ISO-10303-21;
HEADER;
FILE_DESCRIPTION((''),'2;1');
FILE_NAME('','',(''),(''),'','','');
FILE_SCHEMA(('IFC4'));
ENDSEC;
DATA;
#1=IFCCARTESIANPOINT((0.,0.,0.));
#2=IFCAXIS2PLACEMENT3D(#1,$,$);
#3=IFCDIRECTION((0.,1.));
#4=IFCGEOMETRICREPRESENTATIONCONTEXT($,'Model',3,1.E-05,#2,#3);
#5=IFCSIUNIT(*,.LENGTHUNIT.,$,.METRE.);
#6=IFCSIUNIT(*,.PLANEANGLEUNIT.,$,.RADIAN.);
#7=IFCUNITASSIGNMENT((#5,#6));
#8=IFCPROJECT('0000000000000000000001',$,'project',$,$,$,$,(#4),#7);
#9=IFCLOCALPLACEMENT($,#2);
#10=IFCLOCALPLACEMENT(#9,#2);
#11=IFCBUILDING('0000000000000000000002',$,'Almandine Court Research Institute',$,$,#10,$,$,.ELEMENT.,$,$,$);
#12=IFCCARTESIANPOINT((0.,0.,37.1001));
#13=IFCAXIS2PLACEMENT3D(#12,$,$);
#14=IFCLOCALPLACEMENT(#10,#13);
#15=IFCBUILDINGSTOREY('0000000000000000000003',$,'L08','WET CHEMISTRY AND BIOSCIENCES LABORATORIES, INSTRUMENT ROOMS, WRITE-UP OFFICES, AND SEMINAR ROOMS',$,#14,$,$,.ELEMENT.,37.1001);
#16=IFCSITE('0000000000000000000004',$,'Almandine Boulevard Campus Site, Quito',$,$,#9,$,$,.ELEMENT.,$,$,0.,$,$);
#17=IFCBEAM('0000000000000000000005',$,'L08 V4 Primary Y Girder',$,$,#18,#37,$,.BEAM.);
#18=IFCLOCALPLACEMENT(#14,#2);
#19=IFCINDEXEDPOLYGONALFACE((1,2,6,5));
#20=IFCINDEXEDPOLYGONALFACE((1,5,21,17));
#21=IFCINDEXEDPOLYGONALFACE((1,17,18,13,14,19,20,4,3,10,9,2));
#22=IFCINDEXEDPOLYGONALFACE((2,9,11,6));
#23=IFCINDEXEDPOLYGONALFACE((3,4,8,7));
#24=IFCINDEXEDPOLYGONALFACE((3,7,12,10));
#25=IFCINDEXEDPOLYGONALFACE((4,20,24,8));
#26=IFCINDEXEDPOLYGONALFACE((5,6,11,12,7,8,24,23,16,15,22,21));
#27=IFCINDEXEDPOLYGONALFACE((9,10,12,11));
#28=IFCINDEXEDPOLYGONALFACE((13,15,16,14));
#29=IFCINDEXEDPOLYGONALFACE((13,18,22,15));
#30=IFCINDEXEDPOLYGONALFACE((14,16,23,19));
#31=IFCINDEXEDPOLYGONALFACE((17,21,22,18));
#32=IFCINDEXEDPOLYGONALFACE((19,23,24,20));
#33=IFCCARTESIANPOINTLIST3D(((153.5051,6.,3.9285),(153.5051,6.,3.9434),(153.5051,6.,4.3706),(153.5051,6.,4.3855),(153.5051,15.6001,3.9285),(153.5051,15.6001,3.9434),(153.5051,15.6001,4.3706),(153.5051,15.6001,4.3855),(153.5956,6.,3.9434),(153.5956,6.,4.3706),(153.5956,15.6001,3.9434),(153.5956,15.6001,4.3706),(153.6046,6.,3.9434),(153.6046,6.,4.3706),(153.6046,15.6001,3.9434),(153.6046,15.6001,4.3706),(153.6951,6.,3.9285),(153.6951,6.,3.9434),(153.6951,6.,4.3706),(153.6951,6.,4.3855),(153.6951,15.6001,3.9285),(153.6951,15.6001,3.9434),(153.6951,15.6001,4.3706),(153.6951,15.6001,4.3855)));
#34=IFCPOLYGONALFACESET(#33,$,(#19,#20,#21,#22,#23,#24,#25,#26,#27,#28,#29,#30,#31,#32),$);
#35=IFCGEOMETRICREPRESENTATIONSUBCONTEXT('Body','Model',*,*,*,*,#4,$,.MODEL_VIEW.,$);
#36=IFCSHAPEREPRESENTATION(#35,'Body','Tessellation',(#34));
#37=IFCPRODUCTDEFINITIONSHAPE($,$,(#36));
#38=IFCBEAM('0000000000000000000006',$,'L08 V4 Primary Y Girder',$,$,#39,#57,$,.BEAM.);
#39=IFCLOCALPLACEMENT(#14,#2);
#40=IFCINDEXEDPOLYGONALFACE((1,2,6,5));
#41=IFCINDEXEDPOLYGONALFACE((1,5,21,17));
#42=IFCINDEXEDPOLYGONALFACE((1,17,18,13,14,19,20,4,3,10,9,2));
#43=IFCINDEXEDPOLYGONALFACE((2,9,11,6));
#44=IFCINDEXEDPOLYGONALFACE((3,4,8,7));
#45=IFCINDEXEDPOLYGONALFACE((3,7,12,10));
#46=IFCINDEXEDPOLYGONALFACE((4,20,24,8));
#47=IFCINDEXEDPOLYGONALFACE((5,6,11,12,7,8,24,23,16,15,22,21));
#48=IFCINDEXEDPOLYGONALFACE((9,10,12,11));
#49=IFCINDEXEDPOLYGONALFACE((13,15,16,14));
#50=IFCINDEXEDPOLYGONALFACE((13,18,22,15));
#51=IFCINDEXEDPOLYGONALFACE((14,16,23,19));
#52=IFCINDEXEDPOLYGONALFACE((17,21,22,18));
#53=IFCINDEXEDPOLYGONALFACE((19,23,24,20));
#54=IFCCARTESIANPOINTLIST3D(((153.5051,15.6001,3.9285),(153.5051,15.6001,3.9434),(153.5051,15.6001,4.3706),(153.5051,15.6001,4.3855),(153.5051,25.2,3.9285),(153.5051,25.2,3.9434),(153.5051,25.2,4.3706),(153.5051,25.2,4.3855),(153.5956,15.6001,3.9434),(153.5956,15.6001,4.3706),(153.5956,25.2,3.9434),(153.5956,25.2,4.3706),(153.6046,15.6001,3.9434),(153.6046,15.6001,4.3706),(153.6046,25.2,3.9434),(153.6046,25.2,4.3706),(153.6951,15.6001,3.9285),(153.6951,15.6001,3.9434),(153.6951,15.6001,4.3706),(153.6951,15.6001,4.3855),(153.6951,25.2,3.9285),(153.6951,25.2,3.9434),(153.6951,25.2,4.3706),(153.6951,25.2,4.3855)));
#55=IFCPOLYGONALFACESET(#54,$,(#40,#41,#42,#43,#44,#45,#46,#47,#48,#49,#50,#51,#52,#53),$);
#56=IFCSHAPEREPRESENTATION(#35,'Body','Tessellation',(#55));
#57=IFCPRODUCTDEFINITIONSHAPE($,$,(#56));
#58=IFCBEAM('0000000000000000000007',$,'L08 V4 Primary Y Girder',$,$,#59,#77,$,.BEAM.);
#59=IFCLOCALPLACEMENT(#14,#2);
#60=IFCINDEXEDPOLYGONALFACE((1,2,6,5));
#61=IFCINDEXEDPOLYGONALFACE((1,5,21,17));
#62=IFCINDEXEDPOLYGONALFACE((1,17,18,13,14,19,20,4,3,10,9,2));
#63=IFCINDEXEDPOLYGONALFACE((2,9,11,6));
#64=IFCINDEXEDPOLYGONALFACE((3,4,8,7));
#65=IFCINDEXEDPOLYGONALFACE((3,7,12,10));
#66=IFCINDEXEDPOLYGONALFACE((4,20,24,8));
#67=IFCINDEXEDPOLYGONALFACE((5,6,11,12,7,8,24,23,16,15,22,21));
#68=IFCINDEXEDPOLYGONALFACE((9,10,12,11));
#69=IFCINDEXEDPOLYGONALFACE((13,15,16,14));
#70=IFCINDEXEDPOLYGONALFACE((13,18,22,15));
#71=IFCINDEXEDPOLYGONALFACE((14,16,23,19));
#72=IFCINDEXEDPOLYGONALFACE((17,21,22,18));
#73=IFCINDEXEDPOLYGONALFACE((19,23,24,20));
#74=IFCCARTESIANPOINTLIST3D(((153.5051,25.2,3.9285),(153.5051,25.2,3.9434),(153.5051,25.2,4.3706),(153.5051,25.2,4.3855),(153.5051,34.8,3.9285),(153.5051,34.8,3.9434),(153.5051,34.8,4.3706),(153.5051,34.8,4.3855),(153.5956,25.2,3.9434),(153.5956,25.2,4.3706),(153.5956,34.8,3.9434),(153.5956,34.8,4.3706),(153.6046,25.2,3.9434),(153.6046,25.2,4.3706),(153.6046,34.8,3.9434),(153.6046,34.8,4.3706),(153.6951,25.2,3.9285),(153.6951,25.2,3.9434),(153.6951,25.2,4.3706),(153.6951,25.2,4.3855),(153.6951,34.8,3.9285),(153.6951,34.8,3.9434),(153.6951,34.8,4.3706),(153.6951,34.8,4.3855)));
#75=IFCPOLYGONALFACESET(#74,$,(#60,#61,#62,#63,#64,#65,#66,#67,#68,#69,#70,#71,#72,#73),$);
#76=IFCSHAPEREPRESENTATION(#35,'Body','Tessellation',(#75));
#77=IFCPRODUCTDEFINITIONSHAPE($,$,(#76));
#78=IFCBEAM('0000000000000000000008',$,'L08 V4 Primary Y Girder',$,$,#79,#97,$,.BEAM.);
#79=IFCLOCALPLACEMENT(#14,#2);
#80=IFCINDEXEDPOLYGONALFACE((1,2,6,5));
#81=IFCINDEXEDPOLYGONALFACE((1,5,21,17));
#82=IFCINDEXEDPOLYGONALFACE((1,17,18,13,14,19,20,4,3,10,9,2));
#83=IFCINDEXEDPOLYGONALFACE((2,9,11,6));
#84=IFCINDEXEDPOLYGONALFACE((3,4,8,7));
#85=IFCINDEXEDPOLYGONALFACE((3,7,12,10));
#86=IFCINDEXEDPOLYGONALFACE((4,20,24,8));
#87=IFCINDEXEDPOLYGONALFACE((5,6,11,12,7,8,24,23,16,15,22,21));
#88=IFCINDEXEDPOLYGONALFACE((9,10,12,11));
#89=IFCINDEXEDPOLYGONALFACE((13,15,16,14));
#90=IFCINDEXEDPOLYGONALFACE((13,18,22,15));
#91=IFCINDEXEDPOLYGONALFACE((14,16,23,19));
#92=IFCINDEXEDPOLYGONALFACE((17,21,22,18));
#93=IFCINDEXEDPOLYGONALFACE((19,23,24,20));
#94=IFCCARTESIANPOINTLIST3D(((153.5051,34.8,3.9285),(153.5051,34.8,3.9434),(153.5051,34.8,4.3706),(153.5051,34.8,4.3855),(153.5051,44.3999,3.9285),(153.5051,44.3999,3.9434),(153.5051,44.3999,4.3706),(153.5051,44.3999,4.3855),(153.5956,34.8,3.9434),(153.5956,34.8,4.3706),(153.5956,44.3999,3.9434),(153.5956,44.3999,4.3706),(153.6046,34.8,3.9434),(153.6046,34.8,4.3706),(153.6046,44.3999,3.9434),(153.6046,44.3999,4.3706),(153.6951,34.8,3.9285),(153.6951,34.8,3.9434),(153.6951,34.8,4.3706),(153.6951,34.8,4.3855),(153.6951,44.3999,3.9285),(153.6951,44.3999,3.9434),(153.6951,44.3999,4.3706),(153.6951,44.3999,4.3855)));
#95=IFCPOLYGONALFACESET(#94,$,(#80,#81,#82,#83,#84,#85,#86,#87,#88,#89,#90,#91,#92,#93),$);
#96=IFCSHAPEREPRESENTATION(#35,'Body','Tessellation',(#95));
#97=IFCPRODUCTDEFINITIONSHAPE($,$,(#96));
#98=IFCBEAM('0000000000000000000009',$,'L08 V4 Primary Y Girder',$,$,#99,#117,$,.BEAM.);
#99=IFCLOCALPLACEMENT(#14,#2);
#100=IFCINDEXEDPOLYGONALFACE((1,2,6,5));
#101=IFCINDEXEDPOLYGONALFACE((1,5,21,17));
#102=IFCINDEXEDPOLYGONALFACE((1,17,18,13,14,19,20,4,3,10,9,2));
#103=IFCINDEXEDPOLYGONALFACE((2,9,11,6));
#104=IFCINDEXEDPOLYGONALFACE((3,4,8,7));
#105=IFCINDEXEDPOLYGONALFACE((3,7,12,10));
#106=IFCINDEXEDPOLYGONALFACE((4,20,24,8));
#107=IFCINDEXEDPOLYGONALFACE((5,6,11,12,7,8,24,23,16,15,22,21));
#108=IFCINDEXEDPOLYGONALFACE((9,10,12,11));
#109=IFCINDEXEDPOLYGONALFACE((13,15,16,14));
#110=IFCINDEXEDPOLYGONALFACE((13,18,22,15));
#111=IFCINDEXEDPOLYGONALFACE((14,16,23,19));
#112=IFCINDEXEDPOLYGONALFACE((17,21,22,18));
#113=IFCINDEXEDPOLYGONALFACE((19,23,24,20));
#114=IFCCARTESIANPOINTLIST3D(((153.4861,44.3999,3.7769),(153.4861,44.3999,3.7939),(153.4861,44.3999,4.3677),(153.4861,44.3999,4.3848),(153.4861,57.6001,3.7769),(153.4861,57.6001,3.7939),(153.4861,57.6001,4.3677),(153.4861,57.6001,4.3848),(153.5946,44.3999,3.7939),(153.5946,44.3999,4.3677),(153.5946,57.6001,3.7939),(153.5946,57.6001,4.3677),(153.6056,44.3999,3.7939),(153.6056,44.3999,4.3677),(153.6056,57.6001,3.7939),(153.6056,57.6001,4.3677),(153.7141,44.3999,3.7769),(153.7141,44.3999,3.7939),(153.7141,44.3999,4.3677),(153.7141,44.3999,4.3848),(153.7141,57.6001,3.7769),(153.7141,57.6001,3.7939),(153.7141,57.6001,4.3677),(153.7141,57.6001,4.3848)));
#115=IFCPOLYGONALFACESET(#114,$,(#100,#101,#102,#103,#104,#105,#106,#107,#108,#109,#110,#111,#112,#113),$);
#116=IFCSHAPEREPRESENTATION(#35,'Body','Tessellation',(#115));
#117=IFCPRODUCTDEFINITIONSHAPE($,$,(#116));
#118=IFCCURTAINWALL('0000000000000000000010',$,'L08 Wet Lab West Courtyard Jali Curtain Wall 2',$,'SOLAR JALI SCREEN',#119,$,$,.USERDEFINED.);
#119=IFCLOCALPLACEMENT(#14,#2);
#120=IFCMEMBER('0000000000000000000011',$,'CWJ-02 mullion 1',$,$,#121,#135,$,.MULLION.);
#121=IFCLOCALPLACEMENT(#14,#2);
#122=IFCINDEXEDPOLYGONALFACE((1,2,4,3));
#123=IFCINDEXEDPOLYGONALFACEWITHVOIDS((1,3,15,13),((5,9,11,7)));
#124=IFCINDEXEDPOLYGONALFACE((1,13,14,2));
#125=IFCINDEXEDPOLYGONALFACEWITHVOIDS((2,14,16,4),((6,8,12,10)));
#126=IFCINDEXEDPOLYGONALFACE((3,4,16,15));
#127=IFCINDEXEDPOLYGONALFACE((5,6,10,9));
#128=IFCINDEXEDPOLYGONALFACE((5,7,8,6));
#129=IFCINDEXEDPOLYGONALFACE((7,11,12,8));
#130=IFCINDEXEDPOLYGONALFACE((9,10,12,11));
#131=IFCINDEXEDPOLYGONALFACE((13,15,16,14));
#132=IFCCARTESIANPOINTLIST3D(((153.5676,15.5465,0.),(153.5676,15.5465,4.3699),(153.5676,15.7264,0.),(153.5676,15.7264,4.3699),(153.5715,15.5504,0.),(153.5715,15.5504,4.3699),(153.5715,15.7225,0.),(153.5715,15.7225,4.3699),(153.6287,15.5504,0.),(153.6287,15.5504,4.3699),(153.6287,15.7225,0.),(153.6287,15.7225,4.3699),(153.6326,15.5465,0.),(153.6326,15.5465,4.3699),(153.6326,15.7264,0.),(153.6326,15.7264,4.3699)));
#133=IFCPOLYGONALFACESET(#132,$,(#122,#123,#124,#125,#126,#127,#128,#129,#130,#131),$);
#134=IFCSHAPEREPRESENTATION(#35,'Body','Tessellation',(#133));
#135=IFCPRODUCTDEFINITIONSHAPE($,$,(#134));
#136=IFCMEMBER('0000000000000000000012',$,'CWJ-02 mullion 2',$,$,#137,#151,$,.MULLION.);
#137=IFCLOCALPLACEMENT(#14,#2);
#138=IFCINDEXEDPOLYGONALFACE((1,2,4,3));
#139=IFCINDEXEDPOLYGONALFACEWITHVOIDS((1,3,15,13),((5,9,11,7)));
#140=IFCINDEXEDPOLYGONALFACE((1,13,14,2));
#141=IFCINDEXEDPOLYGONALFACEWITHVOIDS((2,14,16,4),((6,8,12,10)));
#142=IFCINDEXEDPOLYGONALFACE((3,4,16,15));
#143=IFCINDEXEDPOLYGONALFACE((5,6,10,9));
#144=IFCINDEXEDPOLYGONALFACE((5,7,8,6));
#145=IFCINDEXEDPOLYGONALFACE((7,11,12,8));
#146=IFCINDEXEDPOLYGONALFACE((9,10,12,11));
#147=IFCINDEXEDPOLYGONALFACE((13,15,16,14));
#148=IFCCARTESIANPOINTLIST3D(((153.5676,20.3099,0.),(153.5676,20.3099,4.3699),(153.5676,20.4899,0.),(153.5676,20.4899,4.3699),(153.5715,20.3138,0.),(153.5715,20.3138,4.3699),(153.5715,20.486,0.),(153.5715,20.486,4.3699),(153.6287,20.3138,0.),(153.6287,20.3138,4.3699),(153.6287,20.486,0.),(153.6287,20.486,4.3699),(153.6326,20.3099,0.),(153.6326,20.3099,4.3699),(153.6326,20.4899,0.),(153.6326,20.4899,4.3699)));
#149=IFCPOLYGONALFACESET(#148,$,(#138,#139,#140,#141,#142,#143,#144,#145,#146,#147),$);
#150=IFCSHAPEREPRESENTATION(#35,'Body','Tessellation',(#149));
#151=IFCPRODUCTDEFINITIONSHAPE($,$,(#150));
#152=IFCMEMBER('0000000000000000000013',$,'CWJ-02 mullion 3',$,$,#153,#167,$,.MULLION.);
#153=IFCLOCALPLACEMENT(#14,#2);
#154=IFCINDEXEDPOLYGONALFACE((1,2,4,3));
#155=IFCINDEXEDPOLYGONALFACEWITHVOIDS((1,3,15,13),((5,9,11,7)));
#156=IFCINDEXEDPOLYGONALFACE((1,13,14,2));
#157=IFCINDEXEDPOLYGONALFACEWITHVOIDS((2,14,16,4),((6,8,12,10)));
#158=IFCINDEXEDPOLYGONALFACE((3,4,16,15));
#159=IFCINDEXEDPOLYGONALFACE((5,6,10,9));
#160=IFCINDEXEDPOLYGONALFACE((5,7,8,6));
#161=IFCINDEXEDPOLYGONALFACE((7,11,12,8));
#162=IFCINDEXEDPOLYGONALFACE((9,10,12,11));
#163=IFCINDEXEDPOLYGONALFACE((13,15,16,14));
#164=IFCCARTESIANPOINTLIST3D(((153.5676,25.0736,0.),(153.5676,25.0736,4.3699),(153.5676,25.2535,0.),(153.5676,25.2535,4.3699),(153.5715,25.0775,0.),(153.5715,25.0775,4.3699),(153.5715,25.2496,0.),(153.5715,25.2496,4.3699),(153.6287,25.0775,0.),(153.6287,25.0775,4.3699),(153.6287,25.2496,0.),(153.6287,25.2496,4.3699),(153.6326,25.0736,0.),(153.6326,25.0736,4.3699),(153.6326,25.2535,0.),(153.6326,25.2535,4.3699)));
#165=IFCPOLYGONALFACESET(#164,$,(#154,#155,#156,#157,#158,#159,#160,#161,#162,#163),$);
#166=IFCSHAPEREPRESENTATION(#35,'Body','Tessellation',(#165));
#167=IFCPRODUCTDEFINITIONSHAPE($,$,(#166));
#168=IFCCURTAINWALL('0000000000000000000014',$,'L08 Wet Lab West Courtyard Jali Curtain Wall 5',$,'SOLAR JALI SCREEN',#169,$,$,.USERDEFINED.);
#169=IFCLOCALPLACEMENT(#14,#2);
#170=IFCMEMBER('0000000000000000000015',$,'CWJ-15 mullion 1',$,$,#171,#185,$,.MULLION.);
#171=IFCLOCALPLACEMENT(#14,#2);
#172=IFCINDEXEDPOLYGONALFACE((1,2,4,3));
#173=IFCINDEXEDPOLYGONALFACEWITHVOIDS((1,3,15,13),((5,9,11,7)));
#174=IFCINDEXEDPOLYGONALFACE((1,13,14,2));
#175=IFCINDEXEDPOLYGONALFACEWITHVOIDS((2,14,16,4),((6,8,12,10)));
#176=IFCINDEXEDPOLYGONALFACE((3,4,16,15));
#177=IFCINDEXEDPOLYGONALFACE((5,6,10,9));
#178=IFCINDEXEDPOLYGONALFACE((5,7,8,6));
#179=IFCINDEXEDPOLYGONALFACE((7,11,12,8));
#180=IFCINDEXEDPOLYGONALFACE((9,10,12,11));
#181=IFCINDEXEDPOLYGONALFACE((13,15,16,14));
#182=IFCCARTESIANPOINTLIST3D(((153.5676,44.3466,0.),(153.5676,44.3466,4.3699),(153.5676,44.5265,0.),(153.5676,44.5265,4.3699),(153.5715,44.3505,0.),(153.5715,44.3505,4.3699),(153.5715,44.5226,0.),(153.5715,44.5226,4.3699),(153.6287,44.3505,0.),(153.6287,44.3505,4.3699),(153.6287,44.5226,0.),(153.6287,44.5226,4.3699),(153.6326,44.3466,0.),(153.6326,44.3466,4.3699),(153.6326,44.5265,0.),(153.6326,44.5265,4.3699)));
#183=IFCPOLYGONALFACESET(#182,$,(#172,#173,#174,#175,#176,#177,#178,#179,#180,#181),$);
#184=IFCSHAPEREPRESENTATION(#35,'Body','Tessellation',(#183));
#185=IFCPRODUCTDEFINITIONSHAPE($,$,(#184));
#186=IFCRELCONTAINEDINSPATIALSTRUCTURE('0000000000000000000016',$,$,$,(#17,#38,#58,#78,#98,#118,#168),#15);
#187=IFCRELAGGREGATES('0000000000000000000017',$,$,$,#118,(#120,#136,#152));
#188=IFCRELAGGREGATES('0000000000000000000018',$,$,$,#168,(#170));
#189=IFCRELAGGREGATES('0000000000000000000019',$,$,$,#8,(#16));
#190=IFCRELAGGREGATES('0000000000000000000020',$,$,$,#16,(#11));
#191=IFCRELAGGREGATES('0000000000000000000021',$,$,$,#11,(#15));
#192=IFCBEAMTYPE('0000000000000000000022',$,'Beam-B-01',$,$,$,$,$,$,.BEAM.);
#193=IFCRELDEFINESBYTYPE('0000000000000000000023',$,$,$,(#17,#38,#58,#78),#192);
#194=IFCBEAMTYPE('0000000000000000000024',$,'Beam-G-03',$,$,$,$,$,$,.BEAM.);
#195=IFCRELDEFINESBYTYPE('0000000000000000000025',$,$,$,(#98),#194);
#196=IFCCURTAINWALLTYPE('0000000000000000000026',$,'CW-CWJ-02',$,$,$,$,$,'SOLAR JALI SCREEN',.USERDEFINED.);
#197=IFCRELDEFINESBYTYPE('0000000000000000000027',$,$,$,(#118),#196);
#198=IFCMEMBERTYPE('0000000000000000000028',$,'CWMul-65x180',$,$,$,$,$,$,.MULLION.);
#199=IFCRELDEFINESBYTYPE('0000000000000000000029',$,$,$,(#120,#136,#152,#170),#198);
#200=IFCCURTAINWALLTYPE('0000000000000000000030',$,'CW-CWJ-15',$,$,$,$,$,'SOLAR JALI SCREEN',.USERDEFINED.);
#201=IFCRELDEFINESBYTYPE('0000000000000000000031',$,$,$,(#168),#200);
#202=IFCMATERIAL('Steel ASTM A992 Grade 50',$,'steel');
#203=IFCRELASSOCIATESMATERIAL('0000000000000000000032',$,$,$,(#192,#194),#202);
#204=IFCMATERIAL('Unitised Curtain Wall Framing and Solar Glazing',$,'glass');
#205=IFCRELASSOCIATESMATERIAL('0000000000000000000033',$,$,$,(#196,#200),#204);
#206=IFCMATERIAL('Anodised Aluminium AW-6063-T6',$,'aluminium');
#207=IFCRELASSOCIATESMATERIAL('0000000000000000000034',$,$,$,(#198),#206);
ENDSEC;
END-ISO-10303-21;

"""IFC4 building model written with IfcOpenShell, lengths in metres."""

from ifc_helpers import new_model, si_unit, direction, frame, origin, origin_2d, place, context, subcontext, project, spatial, hollow_rectangle, i_section, extrude, material, material_profile, profile_set, type_object, element, aggregate, save


model = new_model("IFC4")

# Units and contexts
model_context = context("Model", 3, precision=1e-05, world=origin(), true_north=direction((0.0, 1.0)))
body_context = subcontext(model_context, "Body", "Model", "MODEL_VIEW")
ifc_project = project(units=[si_unit("LENGTHUNIT", "METRE"), si_unit("PLANEANGLEUNIT", "RADIAN")], contexts=[model_context])

# Site, building, storey
site_placement = place(None, origin())
site = spatial("IfcSite", under=ifc_project, at=site_placement, Name="Almandine Boulevard Campus Site, Quito", CompositionType="ELEMENT", RefElevation=0.0)
building_placement = place(site_placement, origin())
building = spatial("IfcBuilding", under=site, at=building_placement, Name="Almandine Court Research Institute", CompositionType="ELEMENT")
storey_placement = place(building_placement, frame((0.0, 0.0, 37.1001)))
storey = spatial("IfcBuildingStorey", under=building, at=storey_placement, Name="L08", Description="WET CHEMISTRY AND BIOSCIENCES LABORATORIES, INSTRUMENT ROOMS, WRITE-UP OFFICES, AND SEMINAR ROOMS", CompositionType="ELEMENT", Elevation=37.1001)

# Beams
ifc_material_1 = material(Name="Steel ASTM A992 Grade 50", Category="steel")
ifc_material_profile_1 = material_profile(ifc_material_1, i_section(OverallWidth=0.1899, OverallDepth=0.457, WebThickness=0.009, FlangeThickness=0.0149, at=origin_2d()), Name="W460x74")
ifc_profile_set_1 = profile_set([ifc_material_profile_1], Name="Steel ASTM A992 Grade 50")
beam_type_1 = type_object("IfcBeamType", Name="Beam-B-01", PredefinedType="BEAM", material=ifc_profile_set_1)
beam_1_placement = place(storey_placement, frame((153.6001, 6.0, 4.157), z_axis=(0.0, 1.0, 0.0), x_axis=(-1.0, 0.0, 0.0)))
element("IfcBeam", 1, at=beam_1_placement, inside=storey, type_object=beam_type_1, Name="L08 V4 Primary Y Girder", PredefinedType="BEAM", context=body_context, shape_type="SweptSolid", body=[
    extrude(i_section(OverallWidth=0.1899, OverallDepth=0.457, WebThickness=0.009, FlangeThickness=0.0149, at=origin_2d()), origin(), (0.0, 0.0, 1.0), 9.6001),
])
beam_2_placement = place(storey_placement, frame((153.6001, 15.6001, 4.157), z_axis=(0.0, 1.0, 0.0), x_axis=(-1.0, 0.0, 0.0)))
element("IfcBeam", 2, at=beam_2_placement, inside=storey, type_object=beam_type_1, Name="L08 V4 Primary Y Girder", PredefinedType="BEAM", context=body_context, shape_type="SweptSolid", body=[
    extrude(i_section(OverallWidth=0.1899, OverallDepth=0.457, WebThickness=0.009, FlangeThickness=0.0149, at=origin_2d()), origin(), (0.0, 0.0, 1.0), 9.5999),
])
beam_3_placement = place(storey_placement, frame((153.6001, 25.2, 4.157), z_axis=(0.0, 1.0, 0.0), x_axis=(-1.0, 0.0, 0.0)))
element("IfcBeam", 3, at=beam_3_placement, inside=storey, type_object=beam_type_1, Name="L08 V4 Primary Y Girder", PredefinedType="BEAM", context=body_context, shape_type="SweptSolid", body=[
    extrude(i_section(OverallWidth=0.1899, OverallDepth=0.457, WebThickness=0.009, FlangeThickness=0.0149, at=origin_2d()), origin(), (0.0, 0.0, 1.0), 9.6001),
])
beam_4_placement = place(storey_placement, frame((153.6001, 34.8, 4.157), z_axis=(0.0, 1.0, 0.0), x_axis=(-1.0, 0.0, 0.0)))
element("IfcBeam", 4, at=beam_4_placement, inside=storey, type_object=beam_type_1, Name="L08 V4 Primary Y Girder", PredefinedType="BEAM", context=body_context, shape_type="SweptSolid", body=[
    extrude(i_section(OverallWidth=0.1899, OverallDepth=0.457, WebThickness=0.009, FlangeThickness=0.0149, at=origin_2d()), origin(), (0.0, 0.0, 1.0), 9.5999),
])
ifc_material_profile_2 = material_profile(ifc_material_1, i_section(OverallWidth=0.228, OverallDepth=0.6079, WebThickness=0.011, FlangeThickness=0.0171, at=origin_2d()), Name="W610x113")
ifc_profile_set_2 = profile_set([ifc_material_profile_2], Name="Steel ASTM A992 Grade 50")
beam_type_2 = type_object("IfcBeamType", Name="Beam-G-03", PredefinedType="BEAM", material=ifc_profile_set_2)
beam_5_placement = place(storey_placement, frame((153.6001, 44.3999, 4.0808), z_axis=(0.0, 1.0, 0.0), x_axis=(-1.0, 0.0, 0.0)))
element("IfcBeam", 5, at=beam_5_placement, inside=storey, type_object=beam_type_2, Name="L08 V4 Primary Y Girder", PredefinedType="BEAM", context=body_context, shape_type="SweptSolid", body=[
    extrude(i_section(OverallWidth=0.228, OverallDepth=0.6079, WebThickness=0.011, FlangeThickness=0.0171, at=origin_2d()), origin(), (0.0, 0.0, 1.0), 13.2002),
])

# Curtain walls, members
ifc_material_2 = material(Name="Unitised Curtain Wall Framing and Solar Glazing", Category="glass")
curtain_wall_type_1 = type_object("IfcCurtainWallType", Name="CW-CWJ-02", ElementType="SOLAR JALI SCREEN", PredefinedType="USERDEFINED", material=ifc_material_2)
curtain_wall_1_placement = place(storey_placement, origin())
curtain_wall_1 = element("IfcCurtainWall", 6, at=curtain_wall_1_placement, inside=storey, type_object=curtain_wall_type_1, Name="L08 Wet Lab West Courtyard Jali Curtain Wall 2", ObjectType="SOLAR JALI SCREEN", PredefinedType="USERDEFINED")
ifc_material_3 = material(Name="Anodised Aluminium AW-6063-T6", Category="aluminium")
ifc_material_profile_3 = material_profile(ifc_material_3, hollow_rectangle(XDim=0.0649, YDim=0.1799, WallThickness=0.0039, at=origin_2d()), Name="ALU RHS 65x180x4")
ifc_profile_set_3 = profile_set([ifc_material_profile_3], Name="Anodised Aluminium AW-6063-T6")
member_type_1 = type_object("IfcMemberType", Name="CWMul-65x180", PredefinedType="MULLION", material=ifc_profile_set_3)
member_1_placement = place(storey_placement, frame((153.6001, 15.6365, 0.0), z_axis=(0.0, 0.0, 1.0), x_axis=(-1.0, 0.0, 0.0)))
member_1 = element("IfcMember", 7, at=member_1_placement, type_object=member_type_1, Name="CWJ-02 mullion 1", PredefinedType="MULLION", context=body_context, shape_type="SweptSolid", body=[
    extrude(hollow_rectangle(XDim=0.0649, YDim=0.1799, WallThickness=0.0039, at=origin_2d()), origin(), (0.0, 0.0, 1.0), 4.3699),
])
member_2_placement = place(storey_placement, frame((153.6001, 20.3999, 0.0), z_axis=(0.0, 0.0, 1.0), x_axis=(-1.0, 0.0, 0.0)))
member_2 = element("IfcMember", 8, at=member_2_placement, type_object=member_type_1, Name="CWJ-02 mullion 2", PredefinedType="MULLION", context=body_context, shape_type="SweptSolid", body=[
    extrude(hollow_rectangle(XDim=0.0649, YDim=0.1799, WallThickness=0.0039, at=origin_2d()), origin(), (0.0, 0.0, 1.0), 4.3699),
])
member_3_placement = place(storey_placement, frame((153.6001, 25.1636, 0.0), z_axis=(0.0, 0.0, 1.0), x_axis=(-1.0, 0.0, 0.0)))
member_3 = element("IfcMember", 9, at=member_3_placement, type_object=member_type_1, Name="CWJ-02 mullion 3", PredefinedType="MULLION", context=body_context, shape_type="SweptSolid", body=[
    extrude(hollow_rectangle(XDim=0.0649, YDim=0.1799, WallThickness=0.0039, at=origin_2d()), origin(), (0.0, 0.0, 1.0), 4.3699),
])
curtain_wall_type_2 = type_object("IfcCurtainWallType", Name="CW-CWJ-15", ElementType="SOLAR JALI SCREEN", PredefinedType="USERDEFINED", material=ifc_material_2)
curtain_wall_2_placement = place(storey_placement, origin())
curtain_wall_2 = element("IfcCurtainWall", 10, at=curtain_wall_2_placement, inside=storey, type_object=curtain_wall_type_2, Name="L08 Wet Lab West Courtyard Jali Curtain Wall 5", ObjectType="SOLAR JALI SCREEN", PredefinedType="USERDEFINED")
member_4_placement = place(storey_placement, frame((153.6001, 44.4365, 0.0), z_axis=(0.0, 0.0, 1.0), x_axis=(-1.0, 0.0, 0.0)))
member_4 = element("IfcMember", 11, at=member_4_placement, type_object=member_type_1, Name="CWJ-15 mullion 1", PredefinedType="MULLION", context=body_context, shape_type="SweptSolid", body=[
    extrude(hollow_rectangle(XDim=0.0649, YDim=0.1799, WallThickness=0.0039, at=origin_2d()), origin(), (0.0, 0.0, 1.0), 4.3699),
])

aggregate(curtain_wall_1, [member_1, member_2, member_3])
aggregate(curtain_wall_2, [member_4])

save(model, "model.ifc")
